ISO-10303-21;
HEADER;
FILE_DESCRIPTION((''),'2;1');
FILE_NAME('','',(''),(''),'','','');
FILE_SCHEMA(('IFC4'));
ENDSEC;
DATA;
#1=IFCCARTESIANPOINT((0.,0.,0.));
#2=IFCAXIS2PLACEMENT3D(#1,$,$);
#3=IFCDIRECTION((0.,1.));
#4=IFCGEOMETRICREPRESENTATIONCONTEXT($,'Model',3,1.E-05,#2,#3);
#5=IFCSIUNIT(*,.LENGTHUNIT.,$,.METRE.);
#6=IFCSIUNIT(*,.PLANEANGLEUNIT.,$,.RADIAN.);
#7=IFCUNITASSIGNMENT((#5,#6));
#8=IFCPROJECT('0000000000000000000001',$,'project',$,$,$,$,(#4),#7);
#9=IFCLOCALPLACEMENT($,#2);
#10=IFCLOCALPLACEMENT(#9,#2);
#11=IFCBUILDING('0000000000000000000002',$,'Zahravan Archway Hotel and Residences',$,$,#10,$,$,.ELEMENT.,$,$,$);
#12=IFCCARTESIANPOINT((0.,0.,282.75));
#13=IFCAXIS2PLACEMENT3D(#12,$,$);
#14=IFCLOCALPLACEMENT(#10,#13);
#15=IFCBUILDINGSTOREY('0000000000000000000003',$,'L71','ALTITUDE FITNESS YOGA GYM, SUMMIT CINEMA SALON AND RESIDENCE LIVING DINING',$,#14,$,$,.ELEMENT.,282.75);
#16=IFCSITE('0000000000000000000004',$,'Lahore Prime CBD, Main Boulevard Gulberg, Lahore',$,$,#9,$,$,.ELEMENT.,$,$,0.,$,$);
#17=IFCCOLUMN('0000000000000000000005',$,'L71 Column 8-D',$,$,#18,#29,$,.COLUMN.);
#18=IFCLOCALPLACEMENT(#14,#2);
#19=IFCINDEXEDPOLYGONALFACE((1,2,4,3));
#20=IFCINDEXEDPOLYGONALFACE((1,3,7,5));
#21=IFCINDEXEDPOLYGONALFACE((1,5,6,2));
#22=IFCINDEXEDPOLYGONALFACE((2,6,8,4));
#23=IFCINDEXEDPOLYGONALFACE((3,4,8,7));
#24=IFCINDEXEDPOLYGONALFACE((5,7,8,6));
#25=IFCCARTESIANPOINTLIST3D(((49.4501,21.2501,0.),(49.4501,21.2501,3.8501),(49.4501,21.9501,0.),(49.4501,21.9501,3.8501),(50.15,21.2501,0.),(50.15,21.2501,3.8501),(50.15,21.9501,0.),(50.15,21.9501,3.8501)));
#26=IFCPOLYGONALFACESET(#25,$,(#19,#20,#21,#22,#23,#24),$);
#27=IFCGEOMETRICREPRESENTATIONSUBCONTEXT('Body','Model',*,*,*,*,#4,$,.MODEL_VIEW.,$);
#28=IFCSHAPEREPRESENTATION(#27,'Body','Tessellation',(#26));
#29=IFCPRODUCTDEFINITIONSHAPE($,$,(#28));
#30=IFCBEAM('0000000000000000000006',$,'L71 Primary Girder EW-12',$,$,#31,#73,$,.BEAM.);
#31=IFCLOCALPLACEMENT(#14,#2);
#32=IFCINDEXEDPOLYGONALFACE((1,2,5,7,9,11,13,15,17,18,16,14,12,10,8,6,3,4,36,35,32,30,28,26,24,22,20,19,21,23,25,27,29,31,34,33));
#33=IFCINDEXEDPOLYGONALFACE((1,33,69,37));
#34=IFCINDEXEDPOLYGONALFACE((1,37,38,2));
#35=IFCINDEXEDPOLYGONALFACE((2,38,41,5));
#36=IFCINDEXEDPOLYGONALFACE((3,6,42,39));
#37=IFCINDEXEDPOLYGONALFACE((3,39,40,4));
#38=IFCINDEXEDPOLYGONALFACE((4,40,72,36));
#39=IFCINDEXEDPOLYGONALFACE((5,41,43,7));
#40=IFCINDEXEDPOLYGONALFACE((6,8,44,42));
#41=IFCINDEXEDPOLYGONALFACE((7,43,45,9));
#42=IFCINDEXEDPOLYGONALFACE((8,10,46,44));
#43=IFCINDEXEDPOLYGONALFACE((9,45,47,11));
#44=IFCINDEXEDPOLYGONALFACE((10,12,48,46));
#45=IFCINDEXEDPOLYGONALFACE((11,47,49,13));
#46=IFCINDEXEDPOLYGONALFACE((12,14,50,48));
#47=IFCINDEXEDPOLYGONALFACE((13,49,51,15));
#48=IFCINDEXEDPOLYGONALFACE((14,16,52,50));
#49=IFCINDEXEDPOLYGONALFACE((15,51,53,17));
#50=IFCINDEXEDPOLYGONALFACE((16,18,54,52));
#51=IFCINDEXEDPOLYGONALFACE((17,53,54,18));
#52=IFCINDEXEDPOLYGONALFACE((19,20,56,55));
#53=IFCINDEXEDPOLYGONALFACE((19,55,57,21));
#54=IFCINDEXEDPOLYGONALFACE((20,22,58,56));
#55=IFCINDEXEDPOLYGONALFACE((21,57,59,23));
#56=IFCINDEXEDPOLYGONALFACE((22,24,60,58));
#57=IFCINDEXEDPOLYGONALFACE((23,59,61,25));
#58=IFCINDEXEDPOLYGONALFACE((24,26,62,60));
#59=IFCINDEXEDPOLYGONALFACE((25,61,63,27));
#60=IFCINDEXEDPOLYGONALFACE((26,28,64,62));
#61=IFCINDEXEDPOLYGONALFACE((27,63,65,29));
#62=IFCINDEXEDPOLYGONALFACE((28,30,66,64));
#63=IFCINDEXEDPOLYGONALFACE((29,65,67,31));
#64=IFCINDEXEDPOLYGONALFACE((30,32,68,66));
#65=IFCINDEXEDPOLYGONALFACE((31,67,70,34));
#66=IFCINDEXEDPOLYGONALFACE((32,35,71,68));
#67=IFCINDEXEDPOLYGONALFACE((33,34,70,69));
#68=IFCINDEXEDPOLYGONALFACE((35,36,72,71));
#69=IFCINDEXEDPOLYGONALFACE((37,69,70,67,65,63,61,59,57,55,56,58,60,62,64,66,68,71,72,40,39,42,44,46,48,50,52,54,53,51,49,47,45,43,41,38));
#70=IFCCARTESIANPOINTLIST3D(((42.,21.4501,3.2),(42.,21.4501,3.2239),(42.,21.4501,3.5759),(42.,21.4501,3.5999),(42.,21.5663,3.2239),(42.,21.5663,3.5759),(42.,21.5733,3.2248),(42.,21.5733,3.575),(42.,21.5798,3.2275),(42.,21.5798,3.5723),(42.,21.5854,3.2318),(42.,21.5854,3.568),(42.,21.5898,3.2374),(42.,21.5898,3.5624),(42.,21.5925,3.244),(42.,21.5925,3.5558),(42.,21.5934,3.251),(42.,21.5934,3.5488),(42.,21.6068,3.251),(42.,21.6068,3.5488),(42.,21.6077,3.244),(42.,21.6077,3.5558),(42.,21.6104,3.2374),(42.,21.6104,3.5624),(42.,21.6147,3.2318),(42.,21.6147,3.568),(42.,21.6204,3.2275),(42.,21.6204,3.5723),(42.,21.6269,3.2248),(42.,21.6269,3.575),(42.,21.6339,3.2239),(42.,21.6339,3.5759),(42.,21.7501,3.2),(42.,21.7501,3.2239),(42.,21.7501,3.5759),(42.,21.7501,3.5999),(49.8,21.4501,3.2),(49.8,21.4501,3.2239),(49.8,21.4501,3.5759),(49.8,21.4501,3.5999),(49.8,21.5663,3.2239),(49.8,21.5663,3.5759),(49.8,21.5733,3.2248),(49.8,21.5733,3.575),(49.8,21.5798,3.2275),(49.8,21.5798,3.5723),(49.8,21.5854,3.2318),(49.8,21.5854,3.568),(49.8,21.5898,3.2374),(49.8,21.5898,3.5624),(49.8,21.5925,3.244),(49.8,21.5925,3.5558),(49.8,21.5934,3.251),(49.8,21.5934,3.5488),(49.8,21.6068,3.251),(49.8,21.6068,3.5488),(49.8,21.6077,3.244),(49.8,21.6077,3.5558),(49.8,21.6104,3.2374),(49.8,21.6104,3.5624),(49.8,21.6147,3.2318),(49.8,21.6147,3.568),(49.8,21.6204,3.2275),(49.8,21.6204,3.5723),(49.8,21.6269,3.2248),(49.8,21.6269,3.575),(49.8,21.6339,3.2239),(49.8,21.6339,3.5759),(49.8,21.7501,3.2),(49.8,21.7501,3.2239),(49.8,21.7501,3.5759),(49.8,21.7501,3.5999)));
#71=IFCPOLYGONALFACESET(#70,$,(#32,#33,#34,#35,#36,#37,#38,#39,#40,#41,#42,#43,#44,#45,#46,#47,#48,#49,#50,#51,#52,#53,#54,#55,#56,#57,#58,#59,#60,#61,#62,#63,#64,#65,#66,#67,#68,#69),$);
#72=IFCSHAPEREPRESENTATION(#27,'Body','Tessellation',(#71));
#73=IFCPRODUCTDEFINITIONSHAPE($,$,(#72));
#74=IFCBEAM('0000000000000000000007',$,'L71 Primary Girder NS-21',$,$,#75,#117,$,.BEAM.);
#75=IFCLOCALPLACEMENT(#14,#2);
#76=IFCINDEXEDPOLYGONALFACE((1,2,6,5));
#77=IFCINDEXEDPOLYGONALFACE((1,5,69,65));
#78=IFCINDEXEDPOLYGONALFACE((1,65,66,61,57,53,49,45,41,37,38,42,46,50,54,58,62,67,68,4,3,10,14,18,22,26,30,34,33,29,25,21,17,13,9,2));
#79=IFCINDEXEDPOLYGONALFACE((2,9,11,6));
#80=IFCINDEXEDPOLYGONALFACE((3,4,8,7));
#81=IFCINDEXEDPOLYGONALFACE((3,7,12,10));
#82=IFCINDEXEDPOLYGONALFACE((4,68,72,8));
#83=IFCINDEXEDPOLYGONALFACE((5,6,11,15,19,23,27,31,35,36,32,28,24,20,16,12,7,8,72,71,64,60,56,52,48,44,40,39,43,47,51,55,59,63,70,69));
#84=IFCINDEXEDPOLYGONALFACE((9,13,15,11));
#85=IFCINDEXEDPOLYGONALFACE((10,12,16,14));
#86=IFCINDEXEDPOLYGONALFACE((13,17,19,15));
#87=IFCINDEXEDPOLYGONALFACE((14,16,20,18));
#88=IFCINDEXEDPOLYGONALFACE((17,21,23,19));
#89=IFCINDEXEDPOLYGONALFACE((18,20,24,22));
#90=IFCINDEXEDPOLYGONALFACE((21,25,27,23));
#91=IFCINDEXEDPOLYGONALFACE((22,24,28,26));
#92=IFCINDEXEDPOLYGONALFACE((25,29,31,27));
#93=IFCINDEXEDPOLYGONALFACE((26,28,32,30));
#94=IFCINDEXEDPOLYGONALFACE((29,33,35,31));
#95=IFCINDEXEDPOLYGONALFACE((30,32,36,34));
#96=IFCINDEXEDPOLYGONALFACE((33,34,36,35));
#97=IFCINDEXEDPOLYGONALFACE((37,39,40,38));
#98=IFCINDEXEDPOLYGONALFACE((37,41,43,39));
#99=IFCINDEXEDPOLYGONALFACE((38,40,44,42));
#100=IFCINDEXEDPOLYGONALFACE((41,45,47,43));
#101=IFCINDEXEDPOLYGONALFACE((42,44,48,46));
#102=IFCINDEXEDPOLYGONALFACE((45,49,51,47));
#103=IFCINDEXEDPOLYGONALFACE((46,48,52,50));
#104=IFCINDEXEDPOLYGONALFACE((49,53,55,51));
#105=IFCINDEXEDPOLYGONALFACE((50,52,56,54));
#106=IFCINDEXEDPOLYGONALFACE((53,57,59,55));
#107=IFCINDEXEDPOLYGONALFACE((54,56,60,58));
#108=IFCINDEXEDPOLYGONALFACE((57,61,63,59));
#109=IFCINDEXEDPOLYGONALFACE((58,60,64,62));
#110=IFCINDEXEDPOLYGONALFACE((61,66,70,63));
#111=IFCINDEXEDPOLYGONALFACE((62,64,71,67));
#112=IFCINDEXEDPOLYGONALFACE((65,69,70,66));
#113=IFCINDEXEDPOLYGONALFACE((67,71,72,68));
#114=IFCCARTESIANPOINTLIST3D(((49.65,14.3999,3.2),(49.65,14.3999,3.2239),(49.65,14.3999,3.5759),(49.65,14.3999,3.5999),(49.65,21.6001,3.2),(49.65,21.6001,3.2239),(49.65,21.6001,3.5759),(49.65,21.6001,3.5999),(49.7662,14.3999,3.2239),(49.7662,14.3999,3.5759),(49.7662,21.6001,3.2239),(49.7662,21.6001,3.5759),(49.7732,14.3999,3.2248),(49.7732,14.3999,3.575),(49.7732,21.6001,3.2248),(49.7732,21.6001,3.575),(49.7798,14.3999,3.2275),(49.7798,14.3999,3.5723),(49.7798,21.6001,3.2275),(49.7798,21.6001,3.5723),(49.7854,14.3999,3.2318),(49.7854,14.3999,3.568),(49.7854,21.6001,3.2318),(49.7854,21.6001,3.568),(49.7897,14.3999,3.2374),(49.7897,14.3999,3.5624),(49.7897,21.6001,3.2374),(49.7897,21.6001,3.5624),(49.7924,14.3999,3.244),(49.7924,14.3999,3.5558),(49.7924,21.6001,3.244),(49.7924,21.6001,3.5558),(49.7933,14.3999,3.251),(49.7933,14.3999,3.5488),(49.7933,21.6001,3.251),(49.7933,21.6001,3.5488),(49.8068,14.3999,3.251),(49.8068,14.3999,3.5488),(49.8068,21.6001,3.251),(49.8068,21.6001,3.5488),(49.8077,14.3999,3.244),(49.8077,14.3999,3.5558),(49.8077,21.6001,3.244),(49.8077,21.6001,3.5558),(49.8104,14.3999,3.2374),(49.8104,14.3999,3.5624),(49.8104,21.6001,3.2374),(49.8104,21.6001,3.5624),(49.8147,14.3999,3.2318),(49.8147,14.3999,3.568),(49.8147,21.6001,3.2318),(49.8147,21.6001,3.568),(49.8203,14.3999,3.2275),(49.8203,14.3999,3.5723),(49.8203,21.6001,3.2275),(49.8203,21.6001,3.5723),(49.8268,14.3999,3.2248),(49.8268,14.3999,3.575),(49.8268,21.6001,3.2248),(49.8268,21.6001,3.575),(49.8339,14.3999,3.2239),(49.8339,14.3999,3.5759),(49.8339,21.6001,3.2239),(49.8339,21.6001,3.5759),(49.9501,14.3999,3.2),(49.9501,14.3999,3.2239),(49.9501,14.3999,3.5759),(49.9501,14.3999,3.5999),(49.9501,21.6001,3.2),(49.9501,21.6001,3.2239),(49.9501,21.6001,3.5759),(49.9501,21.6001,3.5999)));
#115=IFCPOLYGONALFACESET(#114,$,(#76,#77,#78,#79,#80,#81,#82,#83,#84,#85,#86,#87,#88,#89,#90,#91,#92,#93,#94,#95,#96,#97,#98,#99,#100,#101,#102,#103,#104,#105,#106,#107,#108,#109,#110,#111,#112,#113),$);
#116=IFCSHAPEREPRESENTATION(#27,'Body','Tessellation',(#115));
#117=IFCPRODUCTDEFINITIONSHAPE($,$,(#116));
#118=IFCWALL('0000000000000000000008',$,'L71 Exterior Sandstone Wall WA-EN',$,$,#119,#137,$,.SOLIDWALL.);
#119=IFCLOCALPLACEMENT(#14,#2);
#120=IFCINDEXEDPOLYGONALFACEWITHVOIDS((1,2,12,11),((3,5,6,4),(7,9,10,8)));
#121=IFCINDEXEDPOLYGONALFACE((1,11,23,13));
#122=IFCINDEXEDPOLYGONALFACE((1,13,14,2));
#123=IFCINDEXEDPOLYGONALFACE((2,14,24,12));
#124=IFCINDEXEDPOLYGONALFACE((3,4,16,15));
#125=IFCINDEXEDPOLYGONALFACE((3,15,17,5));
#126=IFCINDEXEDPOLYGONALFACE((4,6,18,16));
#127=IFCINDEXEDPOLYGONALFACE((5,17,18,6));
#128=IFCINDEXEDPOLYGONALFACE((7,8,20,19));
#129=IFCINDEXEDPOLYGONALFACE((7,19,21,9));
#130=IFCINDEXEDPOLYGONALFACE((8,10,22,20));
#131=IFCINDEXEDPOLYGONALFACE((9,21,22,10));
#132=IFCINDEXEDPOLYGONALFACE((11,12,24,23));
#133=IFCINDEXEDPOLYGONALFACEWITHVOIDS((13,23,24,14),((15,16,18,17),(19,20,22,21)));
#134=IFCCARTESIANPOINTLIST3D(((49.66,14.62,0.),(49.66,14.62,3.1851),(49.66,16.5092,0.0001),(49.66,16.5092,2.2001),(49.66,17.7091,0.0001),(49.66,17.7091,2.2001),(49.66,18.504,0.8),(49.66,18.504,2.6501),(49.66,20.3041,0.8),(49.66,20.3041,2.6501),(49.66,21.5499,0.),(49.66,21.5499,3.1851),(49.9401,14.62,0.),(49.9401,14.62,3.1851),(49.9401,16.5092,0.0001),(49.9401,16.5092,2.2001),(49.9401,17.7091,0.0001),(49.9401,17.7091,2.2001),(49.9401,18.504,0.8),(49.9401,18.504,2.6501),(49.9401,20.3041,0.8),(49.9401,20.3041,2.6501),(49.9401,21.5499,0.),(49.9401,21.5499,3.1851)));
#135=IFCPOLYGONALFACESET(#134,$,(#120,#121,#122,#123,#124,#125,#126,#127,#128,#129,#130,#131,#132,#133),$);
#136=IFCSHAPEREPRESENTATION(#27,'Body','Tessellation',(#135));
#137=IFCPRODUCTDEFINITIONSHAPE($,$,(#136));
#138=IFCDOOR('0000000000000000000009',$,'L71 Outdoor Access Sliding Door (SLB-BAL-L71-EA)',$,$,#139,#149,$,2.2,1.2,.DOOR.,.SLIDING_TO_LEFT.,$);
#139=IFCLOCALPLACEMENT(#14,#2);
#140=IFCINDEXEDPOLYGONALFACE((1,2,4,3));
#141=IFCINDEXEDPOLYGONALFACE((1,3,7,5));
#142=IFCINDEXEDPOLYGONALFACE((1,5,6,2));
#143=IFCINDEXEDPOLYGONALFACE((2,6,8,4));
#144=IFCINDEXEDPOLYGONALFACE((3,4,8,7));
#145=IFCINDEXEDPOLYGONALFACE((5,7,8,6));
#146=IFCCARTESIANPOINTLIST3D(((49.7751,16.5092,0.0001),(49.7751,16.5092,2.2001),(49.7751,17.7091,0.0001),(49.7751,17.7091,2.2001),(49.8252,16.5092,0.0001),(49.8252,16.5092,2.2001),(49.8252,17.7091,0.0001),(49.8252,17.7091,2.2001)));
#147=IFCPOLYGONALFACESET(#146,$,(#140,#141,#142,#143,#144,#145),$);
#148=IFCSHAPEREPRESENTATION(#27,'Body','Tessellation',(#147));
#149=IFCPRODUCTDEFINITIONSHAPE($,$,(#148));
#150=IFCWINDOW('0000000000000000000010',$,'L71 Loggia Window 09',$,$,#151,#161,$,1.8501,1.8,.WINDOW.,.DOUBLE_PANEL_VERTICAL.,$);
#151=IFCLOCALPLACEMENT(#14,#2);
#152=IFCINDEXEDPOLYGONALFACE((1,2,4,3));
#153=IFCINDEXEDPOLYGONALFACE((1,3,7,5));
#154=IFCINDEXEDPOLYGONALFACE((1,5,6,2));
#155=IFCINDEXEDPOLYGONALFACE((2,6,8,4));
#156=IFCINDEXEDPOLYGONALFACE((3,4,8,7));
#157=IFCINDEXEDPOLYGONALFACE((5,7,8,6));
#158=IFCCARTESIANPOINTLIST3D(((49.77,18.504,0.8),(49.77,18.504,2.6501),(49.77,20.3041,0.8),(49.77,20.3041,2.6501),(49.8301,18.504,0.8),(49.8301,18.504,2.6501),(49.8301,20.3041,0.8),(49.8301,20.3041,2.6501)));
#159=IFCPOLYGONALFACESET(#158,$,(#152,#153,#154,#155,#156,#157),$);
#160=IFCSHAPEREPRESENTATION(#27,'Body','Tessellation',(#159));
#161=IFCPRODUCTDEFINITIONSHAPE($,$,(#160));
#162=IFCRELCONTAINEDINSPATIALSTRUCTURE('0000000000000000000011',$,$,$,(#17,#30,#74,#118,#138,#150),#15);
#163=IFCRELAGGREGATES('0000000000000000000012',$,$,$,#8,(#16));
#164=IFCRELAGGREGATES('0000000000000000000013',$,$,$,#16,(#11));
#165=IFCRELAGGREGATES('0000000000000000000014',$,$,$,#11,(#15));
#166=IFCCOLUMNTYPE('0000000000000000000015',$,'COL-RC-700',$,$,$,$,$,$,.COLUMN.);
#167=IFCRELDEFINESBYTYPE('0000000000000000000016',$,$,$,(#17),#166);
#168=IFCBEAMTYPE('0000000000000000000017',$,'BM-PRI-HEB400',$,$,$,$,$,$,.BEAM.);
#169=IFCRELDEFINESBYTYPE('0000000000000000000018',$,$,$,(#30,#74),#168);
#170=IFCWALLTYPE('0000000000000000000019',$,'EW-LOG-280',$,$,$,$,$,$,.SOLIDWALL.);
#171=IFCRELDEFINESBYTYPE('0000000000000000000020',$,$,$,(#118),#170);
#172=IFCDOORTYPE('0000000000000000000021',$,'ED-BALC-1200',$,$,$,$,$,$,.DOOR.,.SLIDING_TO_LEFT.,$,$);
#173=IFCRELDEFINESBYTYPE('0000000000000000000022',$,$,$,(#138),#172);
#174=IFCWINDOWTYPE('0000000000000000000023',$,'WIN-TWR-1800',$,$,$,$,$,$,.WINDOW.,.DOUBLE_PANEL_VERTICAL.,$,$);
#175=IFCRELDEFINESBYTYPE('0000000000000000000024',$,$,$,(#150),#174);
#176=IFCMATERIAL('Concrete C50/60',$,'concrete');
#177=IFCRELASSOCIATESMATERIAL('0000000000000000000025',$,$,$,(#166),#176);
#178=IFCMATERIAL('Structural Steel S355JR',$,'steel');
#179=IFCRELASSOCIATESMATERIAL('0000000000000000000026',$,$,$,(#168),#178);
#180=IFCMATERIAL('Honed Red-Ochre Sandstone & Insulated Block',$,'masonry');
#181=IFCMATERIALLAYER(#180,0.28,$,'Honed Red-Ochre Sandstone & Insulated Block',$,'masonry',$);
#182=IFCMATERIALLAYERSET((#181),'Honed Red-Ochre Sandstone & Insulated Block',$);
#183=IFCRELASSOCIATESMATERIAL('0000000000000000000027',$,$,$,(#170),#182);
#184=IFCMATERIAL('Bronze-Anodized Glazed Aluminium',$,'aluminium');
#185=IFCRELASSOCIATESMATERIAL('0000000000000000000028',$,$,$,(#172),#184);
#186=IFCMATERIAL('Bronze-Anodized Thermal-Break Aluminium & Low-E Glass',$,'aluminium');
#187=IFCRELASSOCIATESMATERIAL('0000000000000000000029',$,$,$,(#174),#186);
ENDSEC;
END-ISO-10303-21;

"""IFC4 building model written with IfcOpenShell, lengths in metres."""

from ifc_helpers import new_model, si_unit, direction, frame, frame_2d, origin, origin_2d, place, context, subcontext, project, spatial, rectangle, i_section, extrude, source, transform, mapped, material, layer, layer_set, material_profile, profile_set, type_object, type_shapes, element, fill, save


model = new_model("IFC4")

# Units and contexts
model_context = context("Model", 3, precision=1e-05, world=origin(), true_north=direction((0.0, 1.0)))
body_context = subcontext(model_context, "Body", "Model", "MODEL_VIEW")
ifc_project = project(units=[si_unit("LENGTHUNIT", "METRE"), si_unit("PLANEANGLEUNIT", "RADIAN")], contexts=[model_context])

# Site, building, storey
site_placement = place(None, origin())
site = spatial("IfcSite", under=ifc_project, at=site_placement, Name="Lahore Prime CBD, Main Boulevard Gulberg, Lahore", CompositionType="ELEMENT", RefElevation=0.0)
building_placement = place(site_placement, origin())
building = spatial("IfcBuilding", under=site, at=building_placement, Name="Zahravan Archway Hotel and Residences", CompositionType="ELEMENT")
storey_placement = place(building_placement, frame((0.0, 0.0, 282.75)))
storey = spatial("IfcBuildingStorey", under=building, at=storey_placement, Name="L71", Description="ALTITUDE FITNESS YOGA GYM, SUMMIT CINEMA SALON AND RESIDENCE LIVING DINING", CompositionType="ELEMENT", Elevation=282.75)

# Column
ifc_material_1 = material(Name="Concrete C50/60", Category="concrete")
ifc_material_profile_1 = material_profile(ifc_material_1, rectangle(XDim=0.7, YDim=0.7, at=origin_2d()), Name="RC-COL-700x700", Category="concrete")
ifc_profile_set_1 = profile_set([ifc_material_profile_1], Name="Concrete C50/60")
column_type = type_object("IfcColumnType", Name="COL-RC-700", PredefinedType="COLUMN", material=ifc_profile_set_1)
shared_shape_1 = source(origin(), body_context, "Body", "SweptSolid", [
    extrude(rectangle(XDim=0.7, YDim=0.7, at=origin_2d()), origin(), (0.0, 0.0, 1.0), 3.8501),
])
column_placement = place(storey_placement, frame((49.8, 21.6001, 0.0), z_axis=(0.0, 0.0, 1.0), x_axis=(1.0, 0.0, 0.0)))
element("IfcColumn", 1, at=column_placement, inside=storey, type_object=column_type, Name="L71 Column 8-D", PredefinedType="COLUMN", context=body_context, shape_type="MappedRepresentation", body=[
    mapped(shared_shape_1, transform((0.0, 0.0, 0.0), scale=1.0)),
])

# Beams
ifc_material_2 = material(Name="Structural Steel S355JR", Category="steel")
ifc_material_profile_2 = material_profile(ifc_material_2, i_section(OverallWidth=0.3, OverallDepth=0.3999, WebThickness=0.0134, FlangeThickness=0.0239, FilletRadius=0.0271, at=origin_2d()), Name="HEB 400", Category="steel")
ifc_profile_set_2 = profile_set([ifc_material_profile_2], Name="Structural Steel S355JR")
beam_type = type_object("IfcBeamType", Name="BM-PRI-HEB400", PredefinedType="BEAM", material=ifc_profile_set_2)
shared_shape_2 = source(origin(), body_context, "Body", "SweptSolid", [
    extrude(i_section(OverallWidth=0.3, OverallDepth=0.3999, WebThickness=0.0134, FlangeThickness=0.0239, FilletRadius=0.0271, at=origin_2d()), origin(), (0.0, 0.0, 1.0), 7.8),
])
beam_1_placement = place(storey_placement, frame((42.0, 21.6001, 3.3999), z_axis=(1.0, 0.0, 0.0), x_axis=(0.0, 1.0, 0.0)))
element("IfcBeam", 2, at=beam_1_placement, inside=storey, type_object=beam_type, Name="L71 Primary Girder EW-12", PredefinedType="BEAM", context=body_context, shape_type="MappedRepresentation", body=[
    mapped(shared_shape_2, transform((0.0, 0.0, 0.0), scale=1.0)),
])
shared_shape_3 = source(origin(), body_context, "Body", "SweptSolid", [
    extrude(i_section(OverallWidth=0.3, OverallDepth=0.3999, WebThickness=0.0134, FlangeThickness=0.0239, FilletRadius=0.0271, at=origin_2d()), origin(), (0.0, 0.0, 1.0), 7.2002),
])
beam_2_placement = place(storey_placement, frame((49.8, 14.3999, 3.3999), z_axis=(0.0, 1.0, 0.0), x_axis=(-1.0, 0.0, 0.0)))
element("IfcBeam", 3, at=beam_2_placement, inside=storey, type_object=beam_type, Name="L71 Primary Girder NS-21", PredefinedType="BEAM", context=body_context, shape_type="MappedRepresentation", body=[
    mapped(shared_shape_3, transform((0.0, 0.0, 0.0), scale=1.0)),
])

# Wall, openings, door, window
ifc_material_3 = material(Name="Honed Red-Ochre Sandstone & Insulated Block", Category="masonry")
ifc_layer_1 = layer(ifc_material_3, 0.28, Name="Honed Red-Ochre Sandstone & Insulated Block", Category="masonry")
ifc_layer_set_1 = layer_set([ifc_layer_1], Name="Honed Red-Ochre Sandstone & Insulated Block")
wall_type_1 = type_object("IfcWallType", Name="EW-LOG-280", PredefinedType="SOLIDWALL", material=ifc_layer_set_1)
wall_1_placement = place(storey_placement, frame((49.8, 14.6201, 0.0), z_axis=(0.0, 0.0, 1.0), x_axis=(0.0, 1.0, 0.0)))
wall_1 = element("IfcWall", 4, at=wall_1_placement, inside=storey, type_object=wall_type_1, Name="L71 Exterior Sandstone Wall WA-EN", PredefinedType="SOLIDWALL", context=body_context, shape_type="SweptSolid", body=[
    extrude(rectangle(XDim=6.9299, YDim=0.28, at=frame_2d((3.4648, 0.0))), origin(), (0.0, 0.0, 1.0), 3.1851),
])
opening_1_placement = place(wall_1_placement, frame((1.8889, 0.0, 0.0)))
opening_1 = element("IfcOpeningElement", 5, at=opening_1_placement, cuts=wall_1, PredefinedType="OPENING", context=body_context, shape_type="SweptSolid", body=[
    extrude(rectangle(XDim=1.2, YDim=2.2, at=frame_2d((0.6001, 1.1001))), frame((0.0, 0.1499, 0.0), z_axis=(0.0, -1.0, 0.0), x_axis=(1.0, 0.0, 0.0)), (0.0, 0.0, 1.0), 0.3),
])
opening_2_placement = place(wall_1_placement, frame((3.884, 0.0, 0.8)))
opening_2 = element("IfcOpeningElement", 6, at=opening_2_placement, cuts=wall_1, PredefinedType="OPENING", context=body_context, shape_type="SweptSolid", body=[
    extrude(rectangle(XDim=1.8, YDim=1.8501, at=frame_2d((0.8999, 0.925))), frame((0.0, 0.1499, 0.0), z_axis=(0.0, -1.0, 0.0), x_axis=(1.0, 0.0, 0.0)), (0.0, 0.0, 1.0), 0.3),
])
ifc_material_4 = material(Name="Bronze-Anodized Glazed Aluminium", Category="aluminium")
door_type_1 = type_object("IfcDoorType", Name="ED-BALC-1200", OperationType="SLIDING_TO_LEFT", PredefinedType="DOOR", material=ifc_material_4)
shared_shape_4 = source(origin(), body_context, "Body", "SweptSolid", [
    extrude(rectangle(XDim=1.2, YDim=2.2, at=frame_2d((0.6001, 1.1001))), frame((0.0, 0.0249, 0.0), z_axis=(0.0, -1.0, 0.0), x_axis=(1.0, 0.0, 0.0)), (0.0, 0.0, 1.0), 0.05),
])
type_shapes(door_type_1, [shared_shape_4])
door_1_placement = place(opening_1_placement, origin())
door_1 = element("IfcDoor", 7, at=door_1_placement, inside=storey, type_object=door_type_1, Name="L71 Outdoor Access Sliding Door (SLB-BAL-L71-EA)", OperationType="SLIDING_TO_LEFT", OverallHeight=2.2, OverallWidth=1.2, PredefinedType="DOOR", context=body_context, shape_type="MappedRepresentation", body=[
    mapped(shared_shape_4, transform((0.0, 0.0, 0.0), scale=1.0)),
])
fill(opening_1, door_1)
ifc_material_5 = material(Name="Bronze-Anodized Thermal-Break Aluminium & Low-E Glass", Category="aluminium")
window_type = type_object("IfcWindowType", Name="WIN-TWR-1800", PartitioningType="DOUBLE_PANEL_VERTICAL", PredefinedType="WINDOW", material=ifc_material_5)
shared_shape_5 = source(origin(), body_context, "Body", "SweptSolid", [
    extrude(rectangle(XDim=1.8, YDim=1.8501, at=frame_2d((0.8999, 0.925))), frame((0.0, 0.03, 0.0), z_axis=(0.0, -1.0, 0.0), x_axis=(1.0, 0.0, 0.0)), (0.0, 0.0, 1.0), 0.0601),
])
type_shapes(window_type, [shared_shape_5])
window_placement = place(opening_2_placement, origin())
window = element("IfcWindow", 8, at=window_placement, inside=storey, type_object=window_type, Name="L71 Loggia Window 09", OverallHeight=1.8501, OverallWidth=1.8, PartitioningType="DOUBLE_PANEL_VERTICAL", PredefinedType="WINDOW", context=body_context, shape_type="MappedRepresentation", body=[
    mapped(shared_shape_5, transform((0.0, 0.0, 0.0), scale=1.0)),
])
fill(opening_2, window)

save(model, "model.ifc")
